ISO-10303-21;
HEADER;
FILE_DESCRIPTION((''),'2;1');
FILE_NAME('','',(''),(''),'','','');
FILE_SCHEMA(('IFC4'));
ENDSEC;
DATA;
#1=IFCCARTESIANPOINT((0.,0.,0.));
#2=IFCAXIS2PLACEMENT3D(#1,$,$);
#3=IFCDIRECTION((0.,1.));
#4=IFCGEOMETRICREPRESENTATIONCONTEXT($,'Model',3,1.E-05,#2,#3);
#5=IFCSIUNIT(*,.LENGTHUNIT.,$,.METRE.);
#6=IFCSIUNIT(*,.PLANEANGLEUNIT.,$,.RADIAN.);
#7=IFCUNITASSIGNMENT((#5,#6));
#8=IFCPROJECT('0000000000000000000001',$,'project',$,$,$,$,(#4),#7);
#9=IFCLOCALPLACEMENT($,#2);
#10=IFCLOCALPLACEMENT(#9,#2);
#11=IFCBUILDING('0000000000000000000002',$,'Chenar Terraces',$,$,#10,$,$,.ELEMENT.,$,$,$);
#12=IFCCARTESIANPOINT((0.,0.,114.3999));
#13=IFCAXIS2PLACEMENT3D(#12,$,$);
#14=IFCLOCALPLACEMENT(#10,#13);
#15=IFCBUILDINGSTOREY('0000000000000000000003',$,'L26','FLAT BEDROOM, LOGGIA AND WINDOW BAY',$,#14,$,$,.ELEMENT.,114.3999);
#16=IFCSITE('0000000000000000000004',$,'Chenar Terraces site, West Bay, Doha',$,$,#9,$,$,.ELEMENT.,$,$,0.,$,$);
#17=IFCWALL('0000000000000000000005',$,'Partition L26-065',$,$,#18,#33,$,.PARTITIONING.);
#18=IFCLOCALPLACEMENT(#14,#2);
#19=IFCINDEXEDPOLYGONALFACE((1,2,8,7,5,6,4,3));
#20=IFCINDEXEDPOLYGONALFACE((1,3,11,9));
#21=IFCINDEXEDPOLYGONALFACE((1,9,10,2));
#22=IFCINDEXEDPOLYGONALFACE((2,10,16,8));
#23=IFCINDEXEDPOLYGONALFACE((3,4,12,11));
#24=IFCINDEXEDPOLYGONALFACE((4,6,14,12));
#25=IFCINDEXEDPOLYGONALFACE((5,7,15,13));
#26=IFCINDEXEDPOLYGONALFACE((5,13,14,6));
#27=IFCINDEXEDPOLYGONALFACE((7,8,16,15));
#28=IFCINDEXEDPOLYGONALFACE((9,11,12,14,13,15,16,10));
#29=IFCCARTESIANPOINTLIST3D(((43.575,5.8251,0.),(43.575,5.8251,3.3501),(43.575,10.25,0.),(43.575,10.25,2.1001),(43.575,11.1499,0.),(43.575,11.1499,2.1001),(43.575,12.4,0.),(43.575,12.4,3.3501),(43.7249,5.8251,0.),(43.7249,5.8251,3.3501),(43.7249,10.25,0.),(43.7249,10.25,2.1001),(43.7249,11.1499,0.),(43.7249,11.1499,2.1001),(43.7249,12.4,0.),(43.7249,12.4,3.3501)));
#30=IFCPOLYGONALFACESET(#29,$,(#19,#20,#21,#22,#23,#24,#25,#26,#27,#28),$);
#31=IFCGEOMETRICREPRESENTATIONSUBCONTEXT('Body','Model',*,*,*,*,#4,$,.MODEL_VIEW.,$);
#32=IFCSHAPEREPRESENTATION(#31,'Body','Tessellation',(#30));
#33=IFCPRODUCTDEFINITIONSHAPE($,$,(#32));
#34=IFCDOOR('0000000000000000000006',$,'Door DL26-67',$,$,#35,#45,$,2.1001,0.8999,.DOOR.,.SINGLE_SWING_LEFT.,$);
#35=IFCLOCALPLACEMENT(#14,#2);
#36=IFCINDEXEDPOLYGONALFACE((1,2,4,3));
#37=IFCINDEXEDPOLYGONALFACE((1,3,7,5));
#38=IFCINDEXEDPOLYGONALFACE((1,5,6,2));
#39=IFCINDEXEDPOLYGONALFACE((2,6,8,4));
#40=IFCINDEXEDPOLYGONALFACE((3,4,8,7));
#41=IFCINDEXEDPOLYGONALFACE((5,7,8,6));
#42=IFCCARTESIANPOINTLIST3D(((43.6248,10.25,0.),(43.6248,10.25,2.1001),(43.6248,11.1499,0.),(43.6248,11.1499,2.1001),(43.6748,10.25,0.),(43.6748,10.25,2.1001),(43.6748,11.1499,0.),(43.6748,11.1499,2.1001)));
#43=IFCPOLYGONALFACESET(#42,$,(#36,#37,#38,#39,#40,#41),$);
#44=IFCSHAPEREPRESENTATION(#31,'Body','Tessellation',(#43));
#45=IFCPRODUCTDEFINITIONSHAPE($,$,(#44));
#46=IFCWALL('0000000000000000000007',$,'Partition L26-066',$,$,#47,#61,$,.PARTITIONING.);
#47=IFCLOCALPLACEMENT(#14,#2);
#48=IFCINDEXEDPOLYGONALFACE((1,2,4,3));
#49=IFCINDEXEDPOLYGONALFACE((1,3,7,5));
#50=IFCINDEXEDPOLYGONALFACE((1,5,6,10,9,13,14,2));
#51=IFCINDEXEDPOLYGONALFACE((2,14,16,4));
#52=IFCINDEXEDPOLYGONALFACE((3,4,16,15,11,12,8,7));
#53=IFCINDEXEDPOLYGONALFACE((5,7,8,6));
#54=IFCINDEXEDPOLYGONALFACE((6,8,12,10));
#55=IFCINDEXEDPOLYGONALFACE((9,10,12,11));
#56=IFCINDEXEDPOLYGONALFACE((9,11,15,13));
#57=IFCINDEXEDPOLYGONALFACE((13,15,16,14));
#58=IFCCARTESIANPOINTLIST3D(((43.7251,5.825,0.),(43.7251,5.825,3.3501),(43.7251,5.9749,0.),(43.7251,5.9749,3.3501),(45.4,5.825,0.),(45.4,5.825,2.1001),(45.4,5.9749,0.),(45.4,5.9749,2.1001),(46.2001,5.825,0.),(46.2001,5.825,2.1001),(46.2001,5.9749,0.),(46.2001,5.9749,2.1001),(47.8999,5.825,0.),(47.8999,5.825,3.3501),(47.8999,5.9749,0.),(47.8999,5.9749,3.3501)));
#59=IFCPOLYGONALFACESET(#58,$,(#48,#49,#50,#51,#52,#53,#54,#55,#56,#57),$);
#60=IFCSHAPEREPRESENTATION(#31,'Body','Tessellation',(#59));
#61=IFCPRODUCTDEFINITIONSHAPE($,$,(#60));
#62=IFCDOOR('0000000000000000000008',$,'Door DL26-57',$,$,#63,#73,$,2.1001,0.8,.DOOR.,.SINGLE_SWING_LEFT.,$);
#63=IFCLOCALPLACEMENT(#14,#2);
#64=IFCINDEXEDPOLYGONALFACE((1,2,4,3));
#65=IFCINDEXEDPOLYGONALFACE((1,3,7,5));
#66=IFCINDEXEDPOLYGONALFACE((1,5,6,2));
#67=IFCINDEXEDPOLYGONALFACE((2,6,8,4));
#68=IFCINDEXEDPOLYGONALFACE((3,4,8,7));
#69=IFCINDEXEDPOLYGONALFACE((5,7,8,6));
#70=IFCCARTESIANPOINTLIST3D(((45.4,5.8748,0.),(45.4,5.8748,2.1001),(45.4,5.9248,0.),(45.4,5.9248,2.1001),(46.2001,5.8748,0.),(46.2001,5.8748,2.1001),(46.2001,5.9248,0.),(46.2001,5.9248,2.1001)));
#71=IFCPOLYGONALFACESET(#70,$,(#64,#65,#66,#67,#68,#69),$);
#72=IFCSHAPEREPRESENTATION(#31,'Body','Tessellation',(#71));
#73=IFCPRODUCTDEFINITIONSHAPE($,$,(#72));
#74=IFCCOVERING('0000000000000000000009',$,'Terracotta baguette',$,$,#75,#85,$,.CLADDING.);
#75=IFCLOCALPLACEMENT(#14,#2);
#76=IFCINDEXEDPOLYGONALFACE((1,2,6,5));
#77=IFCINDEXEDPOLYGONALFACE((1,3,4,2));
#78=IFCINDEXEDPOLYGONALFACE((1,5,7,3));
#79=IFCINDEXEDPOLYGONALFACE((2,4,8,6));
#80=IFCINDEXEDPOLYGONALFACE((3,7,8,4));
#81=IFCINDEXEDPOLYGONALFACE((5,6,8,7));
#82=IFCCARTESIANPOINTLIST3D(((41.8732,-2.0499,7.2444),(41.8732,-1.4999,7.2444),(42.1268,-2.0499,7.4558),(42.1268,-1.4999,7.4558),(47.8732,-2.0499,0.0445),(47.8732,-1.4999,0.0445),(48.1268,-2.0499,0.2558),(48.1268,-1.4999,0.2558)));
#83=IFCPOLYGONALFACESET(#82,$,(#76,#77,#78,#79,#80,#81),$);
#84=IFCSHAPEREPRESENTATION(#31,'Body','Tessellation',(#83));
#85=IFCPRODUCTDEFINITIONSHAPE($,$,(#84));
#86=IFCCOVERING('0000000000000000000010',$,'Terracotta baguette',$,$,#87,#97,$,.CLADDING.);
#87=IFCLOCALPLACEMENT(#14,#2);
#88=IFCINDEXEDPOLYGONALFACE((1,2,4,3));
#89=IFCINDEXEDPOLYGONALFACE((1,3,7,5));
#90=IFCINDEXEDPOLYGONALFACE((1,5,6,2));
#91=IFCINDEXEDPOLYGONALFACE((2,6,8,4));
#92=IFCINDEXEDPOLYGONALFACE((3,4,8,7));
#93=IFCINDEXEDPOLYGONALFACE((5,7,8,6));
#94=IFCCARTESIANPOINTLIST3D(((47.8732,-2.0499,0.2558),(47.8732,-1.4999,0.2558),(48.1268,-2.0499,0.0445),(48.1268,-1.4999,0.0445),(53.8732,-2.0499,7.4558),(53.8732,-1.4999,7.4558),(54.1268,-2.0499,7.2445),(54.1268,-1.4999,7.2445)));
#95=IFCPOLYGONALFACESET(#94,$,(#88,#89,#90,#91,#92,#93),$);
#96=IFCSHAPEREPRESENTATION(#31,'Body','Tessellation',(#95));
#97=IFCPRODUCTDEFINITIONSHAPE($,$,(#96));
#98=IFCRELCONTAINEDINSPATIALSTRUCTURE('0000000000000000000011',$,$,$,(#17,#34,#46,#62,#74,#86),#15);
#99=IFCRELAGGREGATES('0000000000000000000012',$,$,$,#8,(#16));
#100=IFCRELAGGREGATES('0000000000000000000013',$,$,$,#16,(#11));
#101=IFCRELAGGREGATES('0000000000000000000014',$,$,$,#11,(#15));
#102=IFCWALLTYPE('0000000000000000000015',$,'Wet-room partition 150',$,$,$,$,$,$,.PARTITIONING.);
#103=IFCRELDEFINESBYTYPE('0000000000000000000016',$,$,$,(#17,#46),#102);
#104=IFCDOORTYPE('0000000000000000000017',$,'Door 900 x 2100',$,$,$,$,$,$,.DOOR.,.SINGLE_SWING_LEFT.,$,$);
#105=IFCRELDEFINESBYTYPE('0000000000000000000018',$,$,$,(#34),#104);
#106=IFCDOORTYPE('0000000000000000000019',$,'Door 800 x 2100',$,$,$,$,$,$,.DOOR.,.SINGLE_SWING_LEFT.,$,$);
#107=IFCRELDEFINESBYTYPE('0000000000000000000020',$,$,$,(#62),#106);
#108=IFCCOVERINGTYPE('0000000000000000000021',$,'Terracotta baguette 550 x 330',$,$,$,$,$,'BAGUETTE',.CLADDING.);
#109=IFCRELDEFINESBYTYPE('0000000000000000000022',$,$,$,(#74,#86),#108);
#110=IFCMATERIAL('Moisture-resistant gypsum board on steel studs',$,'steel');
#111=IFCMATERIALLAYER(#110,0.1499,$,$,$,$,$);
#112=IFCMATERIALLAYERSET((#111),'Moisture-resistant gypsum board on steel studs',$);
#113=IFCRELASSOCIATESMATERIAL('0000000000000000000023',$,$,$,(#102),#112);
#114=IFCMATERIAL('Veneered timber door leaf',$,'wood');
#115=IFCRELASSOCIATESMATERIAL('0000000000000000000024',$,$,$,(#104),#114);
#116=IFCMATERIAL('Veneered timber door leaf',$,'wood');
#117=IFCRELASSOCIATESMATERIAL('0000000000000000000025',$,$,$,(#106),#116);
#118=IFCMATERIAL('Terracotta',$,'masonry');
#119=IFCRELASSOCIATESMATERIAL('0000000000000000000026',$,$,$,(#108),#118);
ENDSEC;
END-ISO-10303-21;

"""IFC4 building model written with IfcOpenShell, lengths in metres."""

from ifc_helpers import new_model, si_unit, direction, frame, frame_2d, origin, origin_2d, place, context, subcontext, project, spatial, rectangle, extrude, material, layer, layer_set, material_profile, profile_set, type_object, element, fill, save


model = new_model("IFC4")

# Units and contexts
model_context = context("Model", 3, precision=1e-05, world=origin(), true_north=direction((0.0, 1.0)))
body_context = subcontext(model_context, "Body", "Model", "MODEL_VIEW")
ifc_project = project(units=[si_unit("LENGTHUNIT", "METRE"), si_unit("PLANEANGLEUNIT", "RADIAN")], contexts=[model_context])

# Site, building, storey
site_placement = place(None, origin())
site = spatial("IfcSite", under=ifc_project, at=site_placement, Name="Chenar Terraces site, West Bay, Doha", CompositionType="ELEMENT", RefElevation=0.0)
building_placement = place(site_placement, origin())
building = spatial("IfcBuilding", under=site, at=building_placement, Name="Chenar Terraces", CompositionType="ELEMENT")
storey_placement = place(building_placement, frame((0.0, 0.0, 114.3999)))
storey = spatial("IfcBuildingStorey", under=building, at=storey_placement, Name="L26", Description="FLAT BEDROOM, LOGGIA AND WINDOW BAY", CompositionType="ELEMENT", Elevation=114.3999)

# Walls, openings, doors
ifc_material_1 = material(Name="Moisture-resistant gypsum board on steel studs", Category="steel")
ifc_layer_1 = layer(ifc_material_1, 0.1499)
ifc_layer_set_1 = layer_set([ifc_layer_1], Name="Moisture-resistant gypsum board on steel studs")
wall_type_1 = type_object("IfcWallType", Name="Wet-room partition 150", PredefinedType="PARTITIONING", material=ifc_layer_set_1)
wall_1_placement = place(storey_placement, frame((43.6499, 5.825, 0.0), z_axis=(0.0, 0.0, 1.0), x_axis=(0.0, 1.0, 0.0)))
wall_1 = element("IfcWall", 1, at=wall_1_placement, inside=storey, type_object=wall_type_1, Name="Partition L26-065", PredefinedType="PARTITIONING", context=body_context, shape_type="SweptSolid", body=[
    extrude(rectangle(XDim=6.575, YDim=0.1499, at=frame_2d((3.2876, 0.0))), origin(), (0.0, 0.0, 1.0), 3.3501),
])
opening_1_placement = place(wall_1_placement, frame((4.425, 0.0, 0.0)))
opening_1 = element("IfcOpeningElement", 2, at=opening_1_placement, cuts=wall_1, PredefinedType="OPENING", context=body_context, shape_type="SweptSolid", body=[
    extrude(rectangle(XDim=0.8999, YDim=2.1001, at=frame_2d((0.45, 1.05))), frame((0.0, 0.085, 0.0), z_axis=(0.0, -1.0, 0.0), x_axis=(1.0, 0.0, 0.0)), (0.0, 0.0, 1.0), 0.1699),
])
ifc_material_2 = material(Name="Veneered timber door leaf", Category="wood")
door_type_1 = type_object("IfcDoorType", Name="Door 900 x 2100", OperationType="SINGLE_SWING_LEFT", PredefinedType="DOOR", material=ifc_material_2)
door_1_placement = place(opening_1_placement, frame((0.8999, 0.0, 0.0), z_axis=(0.0, 0.0, 1.0), x_axis=(-1.0, 0.0, 0.0)))
door_1 = element("IfcDoor", 3, at=door_1_placement, inside=storey, type_object=door_type_1, Name="Door DL26-67", OperationType="SINGLE_SWING_LEFT", OverallHeight=2.1001, OverallWidth=0.8999, PredefinedType="DOOR", context=body_context, shape_type="SweptSolid", body=[
    extrude(rectangle(XDim=0.8999, YDim=2.1001, at=frame_2d((0.45, 1.05))), frame((0.0, 0.0249, 0.0), z_axis=(0.0, -1.0, 0.0), x_axis=(1.0, 0.0, 0.0)), (0.0, 0.0, 1.0), 0.05),
])
fill(opening_1, door_1)
wall_2_placement = place(storey_placement, frame((43.7251, 5.8999, 0.0), z_axis=(0.0, 0.0, 1.0), x_axis=(1.0, 0.0, 0.0)))
wall_2 = element("IfcWall", 4, at=wall_2_placement, inside=storey, type_object=wall_type_1, Name="Partition L26-066", PredefinedType="PARTITIONING", context=body_context, shape_type="SweptSolid", body=[
    extrude(rectangle(XDim=4.1748, YDim=0.1499, at=frame_2d((2.0874, 0.0))), origin(), (0.0, 0.0, 1.0), 3.3501),
])
opening_2_placement = place(wall_2_placement, frame((1.675, 0.0, 0.0)))
opening_2 = element("IfcOpeningElement", 5, at=opening_2_placement, cuts=wall_2, PredefinedType="OPENING", context=body_context, shape_type="SweptSolid", body=[
    extrude(rectangle(XDim=0.8, YDim=2.1001, at=frame_2d((0.3999, 1.05))), frame((0.0, 0.085, 0.0), z_axis=(0.0, -1.0, 0.0), x_axis=(1.0, 0.0, 0.0)), (0.0, 0.0, 1.0), 0.1699),
])
ifc_material_3 = material(Name="Veneered timber door leaf", Category="wood")
door_type_2 = type_object("IfcDoorType", Name="Door 800 x 2100", OperationType="SINGLE_SWING_LEFT", PredefinedType="DOOR", material=ifc_material_3)
door_2_placement = place(opening_2_placement, origin())
door_2 = element("IfcDoor", 6, at=door_2_placement, inside=storey, type_object=door_type_2, Name="Door DL26-57", OperationType="SINGLE_SWING_LEFT", OverallHeight=2.1001, OverallWidth=0.8, PredefinedType="DOOR", context=body_context, shape_type="SweptSolid", body=[
    extrude(rectangle(XDim=0.8, YDim=2.1001, at=frame_2d((0.3999, 1.05))), frame((0.0, 0.0249, 0.0), z_axis=(0.0, -1.0, 0.0), x_axis=(1.0, 0.0, 0.0)), (0.0, 0.0, 1.0), 0.05),
])
fill(opening_2, door_2)

# Coverings
ifc_material_4 = material(Name="Terracotta", Category="masonry")
ifc_material_profile_1 = material_profile(ifc_material_4, rectangle(XDim=0.55, YDim=0.3301, at=origin_2d()), Name="Terracotta baguette 550 x 330")
ifc_profile_set_1 = profile_set([ifc_material_profile_1], Name="Terracotta")
covering_type = type_object("IfcCoveringType", Name="Terracotta baguette 550 x 330", ElementType="BAGUETTE", PredefinedType="CLADDING", material=ifc_profile_set_1)
for number, where, z_axis, x_axis, name in (
    (7, (42.0, -1.7749, 7.3501), (0.640187, 0.0, -0.768219), (0.0, 1.0, 0.0), "Terracotta baguette"),
    (8, (48.0, -1.7749, 0.1501), (0.640187, 0.0, 0.768219), (0.0, 1.0, 0.0), "Terracotta baguette"),
):
    element("IfcCovering", number, at=place(storey_placement, frame(where, z_axis=z_axis, x_axis=x_axis)), inside=storey, type_object=covering_type, Name=name, PredefinedType="CLADDING", context=body_context, shape_type="SweptSolid", body=[
        extrude(rectangle(XDim=0.55, YDim=0.3301, at=origin_2d()), origin(), (0.0, 0.0, 1.0), 9.3723),
    ])

save(model, "model.ifc")
